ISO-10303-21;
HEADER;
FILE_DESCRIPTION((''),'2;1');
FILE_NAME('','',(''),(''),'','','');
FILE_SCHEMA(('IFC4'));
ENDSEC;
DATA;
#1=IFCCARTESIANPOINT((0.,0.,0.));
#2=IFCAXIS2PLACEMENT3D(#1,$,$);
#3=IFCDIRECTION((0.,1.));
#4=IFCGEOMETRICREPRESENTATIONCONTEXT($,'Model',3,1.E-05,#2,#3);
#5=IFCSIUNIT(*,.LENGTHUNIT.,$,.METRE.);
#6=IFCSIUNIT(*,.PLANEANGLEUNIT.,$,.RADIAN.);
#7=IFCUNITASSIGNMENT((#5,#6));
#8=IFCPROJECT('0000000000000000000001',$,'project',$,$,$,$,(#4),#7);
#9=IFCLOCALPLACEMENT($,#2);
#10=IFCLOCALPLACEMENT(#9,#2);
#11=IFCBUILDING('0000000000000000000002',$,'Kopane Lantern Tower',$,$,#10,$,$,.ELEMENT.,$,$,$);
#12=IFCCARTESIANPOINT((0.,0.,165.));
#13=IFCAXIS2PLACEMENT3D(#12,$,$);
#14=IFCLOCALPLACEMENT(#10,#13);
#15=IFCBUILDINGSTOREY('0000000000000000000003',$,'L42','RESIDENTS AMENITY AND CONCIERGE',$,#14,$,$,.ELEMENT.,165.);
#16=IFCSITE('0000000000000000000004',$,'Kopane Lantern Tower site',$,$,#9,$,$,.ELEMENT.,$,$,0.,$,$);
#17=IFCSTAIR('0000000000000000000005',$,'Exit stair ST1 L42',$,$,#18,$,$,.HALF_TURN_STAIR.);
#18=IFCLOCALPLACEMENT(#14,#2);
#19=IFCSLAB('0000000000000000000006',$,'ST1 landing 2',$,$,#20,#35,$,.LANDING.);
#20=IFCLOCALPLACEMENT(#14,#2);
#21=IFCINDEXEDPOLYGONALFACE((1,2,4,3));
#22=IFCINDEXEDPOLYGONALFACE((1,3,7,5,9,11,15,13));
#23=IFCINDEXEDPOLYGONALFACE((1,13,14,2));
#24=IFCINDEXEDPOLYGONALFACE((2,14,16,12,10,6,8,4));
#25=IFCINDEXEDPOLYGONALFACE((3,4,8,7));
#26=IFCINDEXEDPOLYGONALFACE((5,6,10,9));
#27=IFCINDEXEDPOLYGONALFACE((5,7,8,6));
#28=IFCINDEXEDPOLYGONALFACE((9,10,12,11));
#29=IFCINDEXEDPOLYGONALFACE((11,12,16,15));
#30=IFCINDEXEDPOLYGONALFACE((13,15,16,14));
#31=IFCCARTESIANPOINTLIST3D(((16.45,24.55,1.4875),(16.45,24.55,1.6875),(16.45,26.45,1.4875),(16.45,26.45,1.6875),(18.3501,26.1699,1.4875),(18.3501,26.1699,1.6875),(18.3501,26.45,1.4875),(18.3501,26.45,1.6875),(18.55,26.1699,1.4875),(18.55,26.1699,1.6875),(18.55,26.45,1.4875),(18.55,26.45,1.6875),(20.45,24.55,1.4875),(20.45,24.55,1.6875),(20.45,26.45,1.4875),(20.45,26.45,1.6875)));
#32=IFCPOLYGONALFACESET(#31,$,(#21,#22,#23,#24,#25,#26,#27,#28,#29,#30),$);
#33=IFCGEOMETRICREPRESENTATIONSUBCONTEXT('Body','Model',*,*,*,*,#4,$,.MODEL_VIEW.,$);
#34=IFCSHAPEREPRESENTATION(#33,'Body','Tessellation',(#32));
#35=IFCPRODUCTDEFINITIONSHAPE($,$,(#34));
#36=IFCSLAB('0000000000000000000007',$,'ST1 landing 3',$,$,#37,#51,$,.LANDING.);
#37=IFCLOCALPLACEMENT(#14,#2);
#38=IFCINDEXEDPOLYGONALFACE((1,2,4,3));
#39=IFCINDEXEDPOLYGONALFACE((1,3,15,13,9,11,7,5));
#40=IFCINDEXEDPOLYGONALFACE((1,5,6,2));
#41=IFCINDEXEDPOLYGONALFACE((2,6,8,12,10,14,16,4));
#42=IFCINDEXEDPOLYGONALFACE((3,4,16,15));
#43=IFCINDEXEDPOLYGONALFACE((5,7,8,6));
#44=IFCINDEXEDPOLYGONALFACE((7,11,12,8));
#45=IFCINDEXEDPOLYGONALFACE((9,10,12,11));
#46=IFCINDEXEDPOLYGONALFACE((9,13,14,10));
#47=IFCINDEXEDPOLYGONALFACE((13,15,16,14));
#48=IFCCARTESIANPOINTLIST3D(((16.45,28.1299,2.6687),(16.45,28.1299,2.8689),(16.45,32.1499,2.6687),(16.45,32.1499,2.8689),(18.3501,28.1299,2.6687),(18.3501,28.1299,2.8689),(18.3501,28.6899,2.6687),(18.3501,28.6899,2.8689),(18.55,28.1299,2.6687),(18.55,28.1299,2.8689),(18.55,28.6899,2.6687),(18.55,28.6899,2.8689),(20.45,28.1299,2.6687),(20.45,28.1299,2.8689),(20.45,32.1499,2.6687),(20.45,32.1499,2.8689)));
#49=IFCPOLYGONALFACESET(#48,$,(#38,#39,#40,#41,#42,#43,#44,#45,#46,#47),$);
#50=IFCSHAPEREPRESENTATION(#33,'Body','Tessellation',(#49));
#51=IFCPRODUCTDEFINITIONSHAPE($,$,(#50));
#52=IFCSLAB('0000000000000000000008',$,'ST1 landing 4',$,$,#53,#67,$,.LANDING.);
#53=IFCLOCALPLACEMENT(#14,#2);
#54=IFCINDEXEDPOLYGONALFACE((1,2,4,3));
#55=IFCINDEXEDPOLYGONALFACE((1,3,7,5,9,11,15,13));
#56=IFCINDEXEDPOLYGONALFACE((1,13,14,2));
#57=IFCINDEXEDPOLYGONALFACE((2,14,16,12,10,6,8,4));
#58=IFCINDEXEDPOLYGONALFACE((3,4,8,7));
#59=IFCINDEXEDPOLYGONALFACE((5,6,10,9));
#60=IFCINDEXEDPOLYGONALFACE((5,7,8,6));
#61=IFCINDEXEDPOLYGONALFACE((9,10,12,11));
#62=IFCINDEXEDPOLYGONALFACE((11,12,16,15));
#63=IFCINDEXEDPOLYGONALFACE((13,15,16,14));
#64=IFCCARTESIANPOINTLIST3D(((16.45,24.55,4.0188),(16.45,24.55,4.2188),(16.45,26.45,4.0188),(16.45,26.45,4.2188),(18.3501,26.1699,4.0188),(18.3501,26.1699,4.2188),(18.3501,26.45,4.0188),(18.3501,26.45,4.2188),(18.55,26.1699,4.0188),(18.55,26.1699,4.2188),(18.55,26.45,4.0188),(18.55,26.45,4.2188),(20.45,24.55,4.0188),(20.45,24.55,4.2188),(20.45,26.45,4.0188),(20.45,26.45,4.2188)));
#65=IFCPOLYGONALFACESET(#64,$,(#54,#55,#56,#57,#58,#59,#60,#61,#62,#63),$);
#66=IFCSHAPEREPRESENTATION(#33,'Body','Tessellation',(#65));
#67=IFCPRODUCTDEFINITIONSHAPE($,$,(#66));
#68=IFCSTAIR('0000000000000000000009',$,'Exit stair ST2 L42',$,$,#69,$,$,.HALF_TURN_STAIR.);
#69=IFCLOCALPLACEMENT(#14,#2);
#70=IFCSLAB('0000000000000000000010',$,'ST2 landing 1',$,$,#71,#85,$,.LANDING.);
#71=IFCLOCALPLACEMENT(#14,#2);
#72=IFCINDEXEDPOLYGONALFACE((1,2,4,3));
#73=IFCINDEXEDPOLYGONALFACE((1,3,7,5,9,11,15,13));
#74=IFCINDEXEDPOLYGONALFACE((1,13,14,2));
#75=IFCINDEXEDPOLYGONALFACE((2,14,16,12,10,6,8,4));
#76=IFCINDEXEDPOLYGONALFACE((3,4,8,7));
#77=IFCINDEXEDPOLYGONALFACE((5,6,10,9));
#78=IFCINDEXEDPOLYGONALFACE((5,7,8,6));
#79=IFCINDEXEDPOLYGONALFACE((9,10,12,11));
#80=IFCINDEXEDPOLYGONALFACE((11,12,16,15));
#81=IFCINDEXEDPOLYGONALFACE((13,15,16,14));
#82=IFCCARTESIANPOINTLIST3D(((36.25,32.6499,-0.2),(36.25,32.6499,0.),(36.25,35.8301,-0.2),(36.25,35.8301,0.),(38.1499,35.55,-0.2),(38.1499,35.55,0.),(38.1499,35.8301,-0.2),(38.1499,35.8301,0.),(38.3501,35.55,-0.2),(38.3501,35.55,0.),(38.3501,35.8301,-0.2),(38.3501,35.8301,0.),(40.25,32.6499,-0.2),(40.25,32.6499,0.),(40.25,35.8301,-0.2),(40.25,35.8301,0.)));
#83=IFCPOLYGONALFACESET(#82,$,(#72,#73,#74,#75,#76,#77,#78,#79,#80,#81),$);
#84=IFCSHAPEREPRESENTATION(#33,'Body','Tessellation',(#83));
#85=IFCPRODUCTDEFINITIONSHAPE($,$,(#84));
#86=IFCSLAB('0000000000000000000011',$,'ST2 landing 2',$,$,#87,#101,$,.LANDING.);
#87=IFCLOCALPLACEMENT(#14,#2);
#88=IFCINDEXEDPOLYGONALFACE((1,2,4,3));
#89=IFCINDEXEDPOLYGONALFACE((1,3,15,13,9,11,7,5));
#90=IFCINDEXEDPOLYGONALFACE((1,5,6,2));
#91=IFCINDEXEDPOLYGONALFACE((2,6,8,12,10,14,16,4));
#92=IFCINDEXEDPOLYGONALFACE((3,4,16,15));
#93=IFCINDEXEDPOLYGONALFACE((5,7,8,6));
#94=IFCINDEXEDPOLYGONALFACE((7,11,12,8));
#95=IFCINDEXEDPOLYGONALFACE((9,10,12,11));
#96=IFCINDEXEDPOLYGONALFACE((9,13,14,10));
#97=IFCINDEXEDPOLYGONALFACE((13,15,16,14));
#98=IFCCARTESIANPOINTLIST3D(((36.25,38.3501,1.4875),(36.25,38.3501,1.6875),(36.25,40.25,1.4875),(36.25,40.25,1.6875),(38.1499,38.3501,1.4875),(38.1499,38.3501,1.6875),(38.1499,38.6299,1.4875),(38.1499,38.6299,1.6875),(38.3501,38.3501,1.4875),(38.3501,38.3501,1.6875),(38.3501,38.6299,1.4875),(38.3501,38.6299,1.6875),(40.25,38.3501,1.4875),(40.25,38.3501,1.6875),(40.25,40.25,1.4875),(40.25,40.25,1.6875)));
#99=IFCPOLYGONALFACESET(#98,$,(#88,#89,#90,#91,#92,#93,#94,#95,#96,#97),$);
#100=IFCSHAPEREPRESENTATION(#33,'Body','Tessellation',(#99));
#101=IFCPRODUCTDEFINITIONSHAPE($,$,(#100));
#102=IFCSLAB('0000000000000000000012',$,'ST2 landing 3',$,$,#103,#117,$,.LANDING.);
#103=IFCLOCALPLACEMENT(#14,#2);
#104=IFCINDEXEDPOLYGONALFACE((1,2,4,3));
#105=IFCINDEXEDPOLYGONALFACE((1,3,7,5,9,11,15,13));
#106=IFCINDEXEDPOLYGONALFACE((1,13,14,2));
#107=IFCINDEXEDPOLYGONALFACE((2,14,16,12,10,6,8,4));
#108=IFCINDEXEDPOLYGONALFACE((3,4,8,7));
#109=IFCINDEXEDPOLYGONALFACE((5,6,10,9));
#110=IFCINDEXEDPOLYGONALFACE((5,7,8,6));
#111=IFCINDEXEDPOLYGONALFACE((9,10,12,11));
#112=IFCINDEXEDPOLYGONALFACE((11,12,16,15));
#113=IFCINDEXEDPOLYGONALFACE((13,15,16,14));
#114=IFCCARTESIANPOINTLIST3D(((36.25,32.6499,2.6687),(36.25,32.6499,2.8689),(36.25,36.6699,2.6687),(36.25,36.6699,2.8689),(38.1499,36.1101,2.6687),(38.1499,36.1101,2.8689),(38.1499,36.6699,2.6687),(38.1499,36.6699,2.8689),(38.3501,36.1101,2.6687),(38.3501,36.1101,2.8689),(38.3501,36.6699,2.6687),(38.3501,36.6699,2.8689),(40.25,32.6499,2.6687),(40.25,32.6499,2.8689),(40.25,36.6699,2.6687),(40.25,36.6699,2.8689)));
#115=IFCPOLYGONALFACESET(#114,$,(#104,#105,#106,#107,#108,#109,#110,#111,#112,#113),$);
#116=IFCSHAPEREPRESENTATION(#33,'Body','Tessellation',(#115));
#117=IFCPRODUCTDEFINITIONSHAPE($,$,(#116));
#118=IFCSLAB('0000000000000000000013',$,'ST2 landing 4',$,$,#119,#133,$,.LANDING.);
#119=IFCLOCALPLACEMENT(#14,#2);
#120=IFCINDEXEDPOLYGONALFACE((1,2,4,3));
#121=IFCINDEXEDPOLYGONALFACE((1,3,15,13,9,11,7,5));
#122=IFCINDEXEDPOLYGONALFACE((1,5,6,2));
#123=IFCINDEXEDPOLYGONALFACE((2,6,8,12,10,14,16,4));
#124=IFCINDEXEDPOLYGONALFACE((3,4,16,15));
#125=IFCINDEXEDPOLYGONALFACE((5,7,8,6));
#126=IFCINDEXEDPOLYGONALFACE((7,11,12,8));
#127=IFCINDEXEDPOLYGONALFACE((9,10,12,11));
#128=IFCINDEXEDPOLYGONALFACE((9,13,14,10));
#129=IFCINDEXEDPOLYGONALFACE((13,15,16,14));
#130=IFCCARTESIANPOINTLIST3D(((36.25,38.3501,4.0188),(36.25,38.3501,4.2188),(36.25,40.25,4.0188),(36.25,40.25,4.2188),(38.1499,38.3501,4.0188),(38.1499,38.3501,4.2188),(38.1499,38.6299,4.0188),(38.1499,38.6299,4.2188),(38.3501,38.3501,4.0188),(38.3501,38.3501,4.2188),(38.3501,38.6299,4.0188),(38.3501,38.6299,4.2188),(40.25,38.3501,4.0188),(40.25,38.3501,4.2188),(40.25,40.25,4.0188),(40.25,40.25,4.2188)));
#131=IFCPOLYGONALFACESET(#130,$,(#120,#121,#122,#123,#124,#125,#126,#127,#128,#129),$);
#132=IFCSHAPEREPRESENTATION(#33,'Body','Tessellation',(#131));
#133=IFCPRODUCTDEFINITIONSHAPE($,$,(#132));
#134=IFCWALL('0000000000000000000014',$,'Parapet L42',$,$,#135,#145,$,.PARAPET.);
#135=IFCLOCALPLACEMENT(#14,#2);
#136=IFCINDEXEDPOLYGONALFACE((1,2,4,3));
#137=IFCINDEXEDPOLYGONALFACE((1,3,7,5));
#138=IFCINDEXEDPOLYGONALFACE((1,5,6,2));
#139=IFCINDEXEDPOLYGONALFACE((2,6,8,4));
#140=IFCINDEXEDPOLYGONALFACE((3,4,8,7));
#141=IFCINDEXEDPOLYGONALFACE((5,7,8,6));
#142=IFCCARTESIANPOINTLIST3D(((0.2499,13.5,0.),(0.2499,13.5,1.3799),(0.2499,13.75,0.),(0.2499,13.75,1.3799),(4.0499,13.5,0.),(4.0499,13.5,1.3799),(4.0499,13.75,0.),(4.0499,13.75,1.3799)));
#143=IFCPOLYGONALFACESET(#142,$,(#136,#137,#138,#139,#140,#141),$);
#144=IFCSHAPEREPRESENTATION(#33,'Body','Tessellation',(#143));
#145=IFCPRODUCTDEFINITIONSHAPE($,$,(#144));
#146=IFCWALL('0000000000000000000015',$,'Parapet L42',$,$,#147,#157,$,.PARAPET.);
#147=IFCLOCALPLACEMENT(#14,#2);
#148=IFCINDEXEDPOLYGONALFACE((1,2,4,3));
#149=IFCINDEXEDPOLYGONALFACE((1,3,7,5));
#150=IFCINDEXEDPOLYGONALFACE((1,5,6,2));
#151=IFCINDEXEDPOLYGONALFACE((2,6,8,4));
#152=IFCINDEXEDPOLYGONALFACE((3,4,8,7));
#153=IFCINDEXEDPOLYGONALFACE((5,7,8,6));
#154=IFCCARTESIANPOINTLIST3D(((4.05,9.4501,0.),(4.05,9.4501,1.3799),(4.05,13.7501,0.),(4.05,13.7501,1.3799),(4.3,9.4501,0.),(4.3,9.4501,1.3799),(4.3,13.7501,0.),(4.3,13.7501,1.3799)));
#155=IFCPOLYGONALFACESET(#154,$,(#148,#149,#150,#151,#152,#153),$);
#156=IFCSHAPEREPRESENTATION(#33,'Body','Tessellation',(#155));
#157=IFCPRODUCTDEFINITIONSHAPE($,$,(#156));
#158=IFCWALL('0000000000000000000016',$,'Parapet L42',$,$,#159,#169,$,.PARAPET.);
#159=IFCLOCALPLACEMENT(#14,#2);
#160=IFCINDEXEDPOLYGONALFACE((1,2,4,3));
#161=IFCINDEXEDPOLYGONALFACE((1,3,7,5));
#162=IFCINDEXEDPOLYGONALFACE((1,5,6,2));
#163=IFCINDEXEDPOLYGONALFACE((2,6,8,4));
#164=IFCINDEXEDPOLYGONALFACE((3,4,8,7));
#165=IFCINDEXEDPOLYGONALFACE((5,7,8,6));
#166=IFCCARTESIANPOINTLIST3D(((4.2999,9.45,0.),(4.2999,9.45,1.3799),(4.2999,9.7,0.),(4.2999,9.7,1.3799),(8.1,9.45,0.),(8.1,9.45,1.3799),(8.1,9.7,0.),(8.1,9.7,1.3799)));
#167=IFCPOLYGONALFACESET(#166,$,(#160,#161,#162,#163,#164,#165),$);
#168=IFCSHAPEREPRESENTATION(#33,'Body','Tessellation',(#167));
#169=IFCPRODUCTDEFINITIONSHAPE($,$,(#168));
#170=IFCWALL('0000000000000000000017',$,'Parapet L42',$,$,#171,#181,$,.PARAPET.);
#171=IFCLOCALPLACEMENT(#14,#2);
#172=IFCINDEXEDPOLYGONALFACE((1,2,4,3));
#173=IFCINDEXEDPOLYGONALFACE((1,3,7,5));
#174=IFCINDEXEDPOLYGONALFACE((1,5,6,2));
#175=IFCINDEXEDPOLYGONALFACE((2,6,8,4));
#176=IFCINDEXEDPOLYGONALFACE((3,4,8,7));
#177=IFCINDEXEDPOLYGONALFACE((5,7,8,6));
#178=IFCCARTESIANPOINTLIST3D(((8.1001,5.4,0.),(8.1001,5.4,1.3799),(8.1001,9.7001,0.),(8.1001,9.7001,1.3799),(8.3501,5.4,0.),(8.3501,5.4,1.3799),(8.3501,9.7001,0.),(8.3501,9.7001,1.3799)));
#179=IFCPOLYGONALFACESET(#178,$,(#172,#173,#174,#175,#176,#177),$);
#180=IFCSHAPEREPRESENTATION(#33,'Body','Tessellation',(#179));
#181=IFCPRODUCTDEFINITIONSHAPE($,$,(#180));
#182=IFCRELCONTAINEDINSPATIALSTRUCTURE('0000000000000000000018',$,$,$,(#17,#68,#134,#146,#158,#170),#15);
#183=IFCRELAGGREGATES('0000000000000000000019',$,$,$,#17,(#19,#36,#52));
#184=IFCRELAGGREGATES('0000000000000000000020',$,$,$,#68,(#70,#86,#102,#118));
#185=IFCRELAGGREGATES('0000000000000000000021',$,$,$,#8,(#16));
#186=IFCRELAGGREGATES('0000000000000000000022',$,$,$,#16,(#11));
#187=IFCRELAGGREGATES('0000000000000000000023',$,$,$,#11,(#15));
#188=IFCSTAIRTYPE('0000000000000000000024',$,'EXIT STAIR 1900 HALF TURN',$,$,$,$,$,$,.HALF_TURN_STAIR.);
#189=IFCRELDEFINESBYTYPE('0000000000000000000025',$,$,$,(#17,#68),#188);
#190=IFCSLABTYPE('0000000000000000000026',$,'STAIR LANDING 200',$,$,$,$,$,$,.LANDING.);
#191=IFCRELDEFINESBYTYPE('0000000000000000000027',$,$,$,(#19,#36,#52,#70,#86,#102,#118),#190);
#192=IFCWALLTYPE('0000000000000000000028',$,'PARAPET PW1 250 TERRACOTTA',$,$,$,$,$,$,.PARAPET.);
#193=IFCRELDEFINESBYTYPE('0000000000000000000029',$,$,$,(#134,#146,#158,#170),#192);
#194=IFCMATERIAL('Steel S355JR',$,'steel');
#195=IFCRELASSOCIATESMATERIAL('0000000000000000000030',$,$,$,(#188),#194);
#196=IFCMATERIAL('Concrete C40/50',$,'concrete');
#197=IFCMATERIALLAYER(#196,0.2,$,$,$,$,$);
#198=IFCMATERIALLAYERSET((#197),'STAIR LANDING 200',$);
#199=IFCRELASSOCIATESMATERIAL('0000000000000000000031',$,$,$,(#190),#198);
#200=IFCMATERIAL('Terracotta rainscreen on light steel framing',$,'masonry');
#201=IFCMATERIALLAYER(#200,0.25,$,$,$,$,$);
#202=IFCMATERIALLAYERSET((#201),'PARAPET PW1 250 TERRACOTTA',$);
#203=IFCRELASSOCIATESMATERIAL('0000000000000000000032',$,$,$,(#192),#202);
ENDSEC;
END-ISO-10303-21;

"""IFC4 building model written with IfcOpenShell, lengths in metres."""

from ifc_helpers import new_model, si_unit, direction, frame, frame_2d, origin, place, context, subcontext, project, spatial, polyline, rectangle, outline, extrude, material, layer, layer_set, type_object, element, aggregate, save


model = new_model("IFC4")

# Units and contexts
model_context = context("Model", 3, precision=1e-05, world=origin(), true_north=direction((0.0, 1.0)))
body_context = subcontext(model_context, "Body", "Model", "MODEL_VIEW")
ifc_project = project(units=[si_unit("LENGTHUNIT", "METRE"), si_unit("PLANEANGLEUNIT", "RADIAN")], contexts=[model_context])

# Site, building, storey
site_placement = place(None, origin())
site = spatial("IfcSite", under=ifc_project, at=site_placement, Name="Kopane Lantern Tower site", CompositionType="ELEMENT", RefElevation=0.0)
building_placement = place(site_placement, origin())
building = spatial("IfcBuilding", under=site, at=building_placement, Name="Kopane Lantern Tower", CompositionType="ELEMENT")
storey_placement = place(building_placement, frame((0.0, 0.0, 165.0)))
storey = spatial("IfcBuildingStorey", under=building, at=storey_placement, Name="L42", Description="RESIDENTS AMENITY AND CONCIERGE", CompositionType="ELEMENT", Elevation=165.0)

# Stairs, slabs
ifc_material_1 = material(Name="Steel S355JR", Category="steel")
stair_type = type_object("IfcStairType", Name="EXIT STAIR 1900 HALF TURN", PredefinedType="HALF_TURN_STAIR", material=ifc_material_1)
stair_1_placement = place(storey_placement, origin())
stair_1 = element("IfcStair", 1, at=stair_1_placement, inside=storey, type_object=stair_type, Name="Exit stair ST1 L42", PredefinedType="HALF_TURN_STAIR")
ifc_material_2 = material(Name="Concrete C40/50", Category="concrete")
ifc_layer_1 = layer(ifc_material_2, 0.2)
ifc_layer_set_1 = layer_set([ifc_layer_1], Name="STAIR LANDING 200")
slab_type_1 = type_object("IfcSlabType", Name="STAIR LANDING 200", PredefinedType="LANDING", material=ifc_layer_set_1)
slab_1_placement = place(storey_placement, frame((0.0, 0.0, 1.4875)))
slab_1 = element("IfcSlab", 2, at=slab_1_placement, type_object=slab_type_1, Name="ST1 landing 2", PredefinedType="LANDING", context=body_context, shape_type="SweptSolid", body=[
    extrude(outline(polyline([(20.45, 26.45), (18.55, 26.45), (18.55, 26.1699), (18.3501, 26.1699), (18.3501, 26.45), (16.45, 26.45), (16.45, 24.55), (20.45, 24.55), (20.45, 26.45)])), origin(), (0.0, 0.0, 1.0), 0.2),
])
slab_2_placement = place(storey_placement, frame((0.0, 0.0, 2.6687)))
slab_2 = element("IfcSlab", 3, at=slab_2_placement, type_object=slab_type_1, Name="ST1 landing 3", PredefinedType="LANDING", context=body_context, shape_type="SweptSolid", body=[
    extrude(outline(polyline([(18.3501, 28.6899), (18.55, 28.6899), (18.55, 28.1299), (20.45, 28.1299), (20.45, 32.1499), (16.45, 32.1499), (16.45, 28.1299), (18.3501, 28.1299), (18.3501, 28.6899)])), origin(), (0.0, 0.0, 1.0), 0.2002),
])
slab_3_placement = place(storey_placement, frame((0.0, 0.0, 4.0188)))
slab_3 = element("IfcSlab", 4, at=slab_3_placement, type_object=slab_type_1, Name="ST1 landing 4", PredefinedType="LANDING", context=body_context, shape_type="SweptSolid", body=[
    extrude(outline(polyline([(20.45, 26.45), (18.55, 26.45), (18.55, 26.1699), (18.3501, 26.1699), (18.3501, 26.45), (16.45, 26.45), (16.45, 24.55), (20.45, 24.55), (20.45, 26.45)])), origin(), (0.0, 0.0, 1.0), 0.2),
])
aggregate(stair_1, [slab_1, slab_2, slab_3])
stair_2_placement = place(storey_placement, origin())
stair_2 = element("IfcStair", 5, at=stair_2_placement, inside=storey, type_object=stair_type, Name="Exit stair ST2 L42", PredefinedType="HALF_TURN_STAIR")
slab_4_placement = place(storey_placement, frame((0.0, 0.0, -0.2)))
slab_4 = element("IfcSlab", 6, at=slab_4_placement, type_object=slab_type_1, Name="ST2 landing 1", PredefinedType="LANDING", context=body_context, shape_type="SweptSolid", body=[
    extrude(outline(polyline([(40.25, 35.8301), (38.3501, 35.8301), (38.3501, 35.55), (38.1499, 35.55), (38.1499, 35.8301), (36.25, 35.8301), (36.25, 32.6499), (40.25, 32.6499), (40.25, 35.8301)])), origin(), (0.0, 0.0, 1.0), 0.2),
])
slab_5_placement = place(storey_placement, frame((0.0, 0.0, 1.4875)))
slab_5 = element("IfcSlab", 7, at=slab_5_placement, type_object=slab_type_1, Name="ST2 landing 2", PredefinedType="LANDING", context=body_context, shape_type="SweptSolid", body=[
    extrude(outline(polyline([(38.1499, 38.6299), (38.3501, 38.6299), (38.3501, 38.3501), (40.25, 38.3501), (40.25, 40.25), (36.25, 40.25), (36.25, 38.3501), (38.1499, 38.3501), (38.1499, 38.6299)])), origin(), (0.0, 0.0, 1.0), 0.2),
])
slab_6_placement = place(storey_placement, frame((0.0, 0.0, 2.6687)))
slab_6 = element("IfcSlab", 8, at=slab_6_placement, type_object=slab_type_1, Name="ST2 landing 3", PredefinedType="LANDING", context=body_context, shape_type="SweptSolid", body=[
    extrude(outline(polyline([(40.25, 36.6699), (38.3501, 36.6699), (38.3501, 36.1101), (38.1499, 36.1101), (38.1499, 36.6699), (36.25, 36.6699), (36.25, 32.6499), (40.25, 32.6499), (40.25, 36.6699)])), origin(), (0.0, 0.0, 1.0), 0.2002),
])
slab_7_placement = place(storey_placement, frame((0.0, 0.0, 4.0188)))
slab_7 = element("IfcSlab", 9, at=slab_7_placement, type_object=slab_type_1, Name="ST2 landing 4", PredefinedType="LANDING", context=body_context, shape_type="SweptSolid", body=[
    extrude(outline(polyline([(38.1499, 38.6299), (38.3501, 38.6299), (38.3501, 38.3501), (40.25, 38.3501), (40.25, 40.25), (36.25, 40.25), (36.25, 38.3501), (38.1499, 38.3501), (38.1499, 38.6299)])), origin(), (0.0, 0.0, 1.0), 0.2),
])
aggregate(stair_2, [slab_4, slab_5, slab_6, slab_7])

# Walls
ifc_material_3 = material(Name="Terracotta rainscreen on light steel framing", Category="masonry")
ifc_layer_2 = layer(ifc_material_3, 0.25)
ifc_layer_set_2 = layer_set([ifc_layer_2], Name="PARAPET PW1 250 TERRACOTTA")
wall_type = type_object("IfcWallType", Name="PARAPET PW1 250 TERRACOTTA", PredefinedType="PARAPET", material=ifc_layer_set_2)
wall_1_placement = place(storey_placement, frame((0.25, 13.625, 0.0), z_axis=(0.0, 0.0, 1.0), x_axis=(1.0, 0.0, 0.0)))
element("IfcWall", 10, at=wall_1_placement, inside=storey, type_object=wall_type, Name="Parapet L42", PredefinedType="PARAPET", context=body_context, shape_type="SweptSolid", body=[
    extrude(rectangle(XDim=3.8, YDim=0.25, at=frame_2d((1.8999, 0.0))), origin(), (0.0, 0.0, 1.0), 1.3799),
])
wall_2_placement = place(storey_placement, frame((4.175, 13.75, 0.0), z_axis=(0.0, 0.0, 1.0), x_axis=(0.0, -1.0, 0.0)))
element("IfcWall", 11, at=wall_2_placement, inside=storey, type_object=wall_type, Name="Parapet L42", PredefinedType="PARAPET", context=body_context, shape_type="SweptSolid", body=[
    extrude(rectangle(XDim=4.3, YDim=0.25, at=frame_2d((2.1499, 0.0))), origin(), (0.0, 0.0, 1.0), 1.3799),
])
wall_3_placement = place(storey_placement, frame((4.3, 9.575, 0.0), z_axis=(0.0, 0.0, 1.0), x_axis=(1.0, 0.0, 0.0)))
element("IfcWall", 12, at=wall_3_placement, inside=storey, type_object=wall_type, Name="Parapet L42", PredefinedType="PARAPET", context=body_context, shape_type="SweptSolid", body=[
    extrude(rectangle(XDim=3.8, YDim=0.25, at=frame_2d((1.8999, 0.0))), origin(), (0.0, 0.0, 1.0), 1.3799),
])
wall_4_placement = place(storey_placement, frame((8.2251, 9.7, 0.0), z_axis=(0.0, 0.0, 1.0), x_axis=(0.0, -1.0, 0.0)))
element("IfcWall", 13, at=wall_4_placement, inside=storey, type_object=wall_type, Name="Parapet L42", PredefinedType="PARAPET", context=body_context, shape_type="SweptSolid", body=[
    extrude(rectangle(XDim=4.3, YDim=0.25, at=frame_2d((2.1499, 0.0))), origin(), (0.0, 0.0, 1.0), 1.3799),
])

save(model, "model.ifc")
